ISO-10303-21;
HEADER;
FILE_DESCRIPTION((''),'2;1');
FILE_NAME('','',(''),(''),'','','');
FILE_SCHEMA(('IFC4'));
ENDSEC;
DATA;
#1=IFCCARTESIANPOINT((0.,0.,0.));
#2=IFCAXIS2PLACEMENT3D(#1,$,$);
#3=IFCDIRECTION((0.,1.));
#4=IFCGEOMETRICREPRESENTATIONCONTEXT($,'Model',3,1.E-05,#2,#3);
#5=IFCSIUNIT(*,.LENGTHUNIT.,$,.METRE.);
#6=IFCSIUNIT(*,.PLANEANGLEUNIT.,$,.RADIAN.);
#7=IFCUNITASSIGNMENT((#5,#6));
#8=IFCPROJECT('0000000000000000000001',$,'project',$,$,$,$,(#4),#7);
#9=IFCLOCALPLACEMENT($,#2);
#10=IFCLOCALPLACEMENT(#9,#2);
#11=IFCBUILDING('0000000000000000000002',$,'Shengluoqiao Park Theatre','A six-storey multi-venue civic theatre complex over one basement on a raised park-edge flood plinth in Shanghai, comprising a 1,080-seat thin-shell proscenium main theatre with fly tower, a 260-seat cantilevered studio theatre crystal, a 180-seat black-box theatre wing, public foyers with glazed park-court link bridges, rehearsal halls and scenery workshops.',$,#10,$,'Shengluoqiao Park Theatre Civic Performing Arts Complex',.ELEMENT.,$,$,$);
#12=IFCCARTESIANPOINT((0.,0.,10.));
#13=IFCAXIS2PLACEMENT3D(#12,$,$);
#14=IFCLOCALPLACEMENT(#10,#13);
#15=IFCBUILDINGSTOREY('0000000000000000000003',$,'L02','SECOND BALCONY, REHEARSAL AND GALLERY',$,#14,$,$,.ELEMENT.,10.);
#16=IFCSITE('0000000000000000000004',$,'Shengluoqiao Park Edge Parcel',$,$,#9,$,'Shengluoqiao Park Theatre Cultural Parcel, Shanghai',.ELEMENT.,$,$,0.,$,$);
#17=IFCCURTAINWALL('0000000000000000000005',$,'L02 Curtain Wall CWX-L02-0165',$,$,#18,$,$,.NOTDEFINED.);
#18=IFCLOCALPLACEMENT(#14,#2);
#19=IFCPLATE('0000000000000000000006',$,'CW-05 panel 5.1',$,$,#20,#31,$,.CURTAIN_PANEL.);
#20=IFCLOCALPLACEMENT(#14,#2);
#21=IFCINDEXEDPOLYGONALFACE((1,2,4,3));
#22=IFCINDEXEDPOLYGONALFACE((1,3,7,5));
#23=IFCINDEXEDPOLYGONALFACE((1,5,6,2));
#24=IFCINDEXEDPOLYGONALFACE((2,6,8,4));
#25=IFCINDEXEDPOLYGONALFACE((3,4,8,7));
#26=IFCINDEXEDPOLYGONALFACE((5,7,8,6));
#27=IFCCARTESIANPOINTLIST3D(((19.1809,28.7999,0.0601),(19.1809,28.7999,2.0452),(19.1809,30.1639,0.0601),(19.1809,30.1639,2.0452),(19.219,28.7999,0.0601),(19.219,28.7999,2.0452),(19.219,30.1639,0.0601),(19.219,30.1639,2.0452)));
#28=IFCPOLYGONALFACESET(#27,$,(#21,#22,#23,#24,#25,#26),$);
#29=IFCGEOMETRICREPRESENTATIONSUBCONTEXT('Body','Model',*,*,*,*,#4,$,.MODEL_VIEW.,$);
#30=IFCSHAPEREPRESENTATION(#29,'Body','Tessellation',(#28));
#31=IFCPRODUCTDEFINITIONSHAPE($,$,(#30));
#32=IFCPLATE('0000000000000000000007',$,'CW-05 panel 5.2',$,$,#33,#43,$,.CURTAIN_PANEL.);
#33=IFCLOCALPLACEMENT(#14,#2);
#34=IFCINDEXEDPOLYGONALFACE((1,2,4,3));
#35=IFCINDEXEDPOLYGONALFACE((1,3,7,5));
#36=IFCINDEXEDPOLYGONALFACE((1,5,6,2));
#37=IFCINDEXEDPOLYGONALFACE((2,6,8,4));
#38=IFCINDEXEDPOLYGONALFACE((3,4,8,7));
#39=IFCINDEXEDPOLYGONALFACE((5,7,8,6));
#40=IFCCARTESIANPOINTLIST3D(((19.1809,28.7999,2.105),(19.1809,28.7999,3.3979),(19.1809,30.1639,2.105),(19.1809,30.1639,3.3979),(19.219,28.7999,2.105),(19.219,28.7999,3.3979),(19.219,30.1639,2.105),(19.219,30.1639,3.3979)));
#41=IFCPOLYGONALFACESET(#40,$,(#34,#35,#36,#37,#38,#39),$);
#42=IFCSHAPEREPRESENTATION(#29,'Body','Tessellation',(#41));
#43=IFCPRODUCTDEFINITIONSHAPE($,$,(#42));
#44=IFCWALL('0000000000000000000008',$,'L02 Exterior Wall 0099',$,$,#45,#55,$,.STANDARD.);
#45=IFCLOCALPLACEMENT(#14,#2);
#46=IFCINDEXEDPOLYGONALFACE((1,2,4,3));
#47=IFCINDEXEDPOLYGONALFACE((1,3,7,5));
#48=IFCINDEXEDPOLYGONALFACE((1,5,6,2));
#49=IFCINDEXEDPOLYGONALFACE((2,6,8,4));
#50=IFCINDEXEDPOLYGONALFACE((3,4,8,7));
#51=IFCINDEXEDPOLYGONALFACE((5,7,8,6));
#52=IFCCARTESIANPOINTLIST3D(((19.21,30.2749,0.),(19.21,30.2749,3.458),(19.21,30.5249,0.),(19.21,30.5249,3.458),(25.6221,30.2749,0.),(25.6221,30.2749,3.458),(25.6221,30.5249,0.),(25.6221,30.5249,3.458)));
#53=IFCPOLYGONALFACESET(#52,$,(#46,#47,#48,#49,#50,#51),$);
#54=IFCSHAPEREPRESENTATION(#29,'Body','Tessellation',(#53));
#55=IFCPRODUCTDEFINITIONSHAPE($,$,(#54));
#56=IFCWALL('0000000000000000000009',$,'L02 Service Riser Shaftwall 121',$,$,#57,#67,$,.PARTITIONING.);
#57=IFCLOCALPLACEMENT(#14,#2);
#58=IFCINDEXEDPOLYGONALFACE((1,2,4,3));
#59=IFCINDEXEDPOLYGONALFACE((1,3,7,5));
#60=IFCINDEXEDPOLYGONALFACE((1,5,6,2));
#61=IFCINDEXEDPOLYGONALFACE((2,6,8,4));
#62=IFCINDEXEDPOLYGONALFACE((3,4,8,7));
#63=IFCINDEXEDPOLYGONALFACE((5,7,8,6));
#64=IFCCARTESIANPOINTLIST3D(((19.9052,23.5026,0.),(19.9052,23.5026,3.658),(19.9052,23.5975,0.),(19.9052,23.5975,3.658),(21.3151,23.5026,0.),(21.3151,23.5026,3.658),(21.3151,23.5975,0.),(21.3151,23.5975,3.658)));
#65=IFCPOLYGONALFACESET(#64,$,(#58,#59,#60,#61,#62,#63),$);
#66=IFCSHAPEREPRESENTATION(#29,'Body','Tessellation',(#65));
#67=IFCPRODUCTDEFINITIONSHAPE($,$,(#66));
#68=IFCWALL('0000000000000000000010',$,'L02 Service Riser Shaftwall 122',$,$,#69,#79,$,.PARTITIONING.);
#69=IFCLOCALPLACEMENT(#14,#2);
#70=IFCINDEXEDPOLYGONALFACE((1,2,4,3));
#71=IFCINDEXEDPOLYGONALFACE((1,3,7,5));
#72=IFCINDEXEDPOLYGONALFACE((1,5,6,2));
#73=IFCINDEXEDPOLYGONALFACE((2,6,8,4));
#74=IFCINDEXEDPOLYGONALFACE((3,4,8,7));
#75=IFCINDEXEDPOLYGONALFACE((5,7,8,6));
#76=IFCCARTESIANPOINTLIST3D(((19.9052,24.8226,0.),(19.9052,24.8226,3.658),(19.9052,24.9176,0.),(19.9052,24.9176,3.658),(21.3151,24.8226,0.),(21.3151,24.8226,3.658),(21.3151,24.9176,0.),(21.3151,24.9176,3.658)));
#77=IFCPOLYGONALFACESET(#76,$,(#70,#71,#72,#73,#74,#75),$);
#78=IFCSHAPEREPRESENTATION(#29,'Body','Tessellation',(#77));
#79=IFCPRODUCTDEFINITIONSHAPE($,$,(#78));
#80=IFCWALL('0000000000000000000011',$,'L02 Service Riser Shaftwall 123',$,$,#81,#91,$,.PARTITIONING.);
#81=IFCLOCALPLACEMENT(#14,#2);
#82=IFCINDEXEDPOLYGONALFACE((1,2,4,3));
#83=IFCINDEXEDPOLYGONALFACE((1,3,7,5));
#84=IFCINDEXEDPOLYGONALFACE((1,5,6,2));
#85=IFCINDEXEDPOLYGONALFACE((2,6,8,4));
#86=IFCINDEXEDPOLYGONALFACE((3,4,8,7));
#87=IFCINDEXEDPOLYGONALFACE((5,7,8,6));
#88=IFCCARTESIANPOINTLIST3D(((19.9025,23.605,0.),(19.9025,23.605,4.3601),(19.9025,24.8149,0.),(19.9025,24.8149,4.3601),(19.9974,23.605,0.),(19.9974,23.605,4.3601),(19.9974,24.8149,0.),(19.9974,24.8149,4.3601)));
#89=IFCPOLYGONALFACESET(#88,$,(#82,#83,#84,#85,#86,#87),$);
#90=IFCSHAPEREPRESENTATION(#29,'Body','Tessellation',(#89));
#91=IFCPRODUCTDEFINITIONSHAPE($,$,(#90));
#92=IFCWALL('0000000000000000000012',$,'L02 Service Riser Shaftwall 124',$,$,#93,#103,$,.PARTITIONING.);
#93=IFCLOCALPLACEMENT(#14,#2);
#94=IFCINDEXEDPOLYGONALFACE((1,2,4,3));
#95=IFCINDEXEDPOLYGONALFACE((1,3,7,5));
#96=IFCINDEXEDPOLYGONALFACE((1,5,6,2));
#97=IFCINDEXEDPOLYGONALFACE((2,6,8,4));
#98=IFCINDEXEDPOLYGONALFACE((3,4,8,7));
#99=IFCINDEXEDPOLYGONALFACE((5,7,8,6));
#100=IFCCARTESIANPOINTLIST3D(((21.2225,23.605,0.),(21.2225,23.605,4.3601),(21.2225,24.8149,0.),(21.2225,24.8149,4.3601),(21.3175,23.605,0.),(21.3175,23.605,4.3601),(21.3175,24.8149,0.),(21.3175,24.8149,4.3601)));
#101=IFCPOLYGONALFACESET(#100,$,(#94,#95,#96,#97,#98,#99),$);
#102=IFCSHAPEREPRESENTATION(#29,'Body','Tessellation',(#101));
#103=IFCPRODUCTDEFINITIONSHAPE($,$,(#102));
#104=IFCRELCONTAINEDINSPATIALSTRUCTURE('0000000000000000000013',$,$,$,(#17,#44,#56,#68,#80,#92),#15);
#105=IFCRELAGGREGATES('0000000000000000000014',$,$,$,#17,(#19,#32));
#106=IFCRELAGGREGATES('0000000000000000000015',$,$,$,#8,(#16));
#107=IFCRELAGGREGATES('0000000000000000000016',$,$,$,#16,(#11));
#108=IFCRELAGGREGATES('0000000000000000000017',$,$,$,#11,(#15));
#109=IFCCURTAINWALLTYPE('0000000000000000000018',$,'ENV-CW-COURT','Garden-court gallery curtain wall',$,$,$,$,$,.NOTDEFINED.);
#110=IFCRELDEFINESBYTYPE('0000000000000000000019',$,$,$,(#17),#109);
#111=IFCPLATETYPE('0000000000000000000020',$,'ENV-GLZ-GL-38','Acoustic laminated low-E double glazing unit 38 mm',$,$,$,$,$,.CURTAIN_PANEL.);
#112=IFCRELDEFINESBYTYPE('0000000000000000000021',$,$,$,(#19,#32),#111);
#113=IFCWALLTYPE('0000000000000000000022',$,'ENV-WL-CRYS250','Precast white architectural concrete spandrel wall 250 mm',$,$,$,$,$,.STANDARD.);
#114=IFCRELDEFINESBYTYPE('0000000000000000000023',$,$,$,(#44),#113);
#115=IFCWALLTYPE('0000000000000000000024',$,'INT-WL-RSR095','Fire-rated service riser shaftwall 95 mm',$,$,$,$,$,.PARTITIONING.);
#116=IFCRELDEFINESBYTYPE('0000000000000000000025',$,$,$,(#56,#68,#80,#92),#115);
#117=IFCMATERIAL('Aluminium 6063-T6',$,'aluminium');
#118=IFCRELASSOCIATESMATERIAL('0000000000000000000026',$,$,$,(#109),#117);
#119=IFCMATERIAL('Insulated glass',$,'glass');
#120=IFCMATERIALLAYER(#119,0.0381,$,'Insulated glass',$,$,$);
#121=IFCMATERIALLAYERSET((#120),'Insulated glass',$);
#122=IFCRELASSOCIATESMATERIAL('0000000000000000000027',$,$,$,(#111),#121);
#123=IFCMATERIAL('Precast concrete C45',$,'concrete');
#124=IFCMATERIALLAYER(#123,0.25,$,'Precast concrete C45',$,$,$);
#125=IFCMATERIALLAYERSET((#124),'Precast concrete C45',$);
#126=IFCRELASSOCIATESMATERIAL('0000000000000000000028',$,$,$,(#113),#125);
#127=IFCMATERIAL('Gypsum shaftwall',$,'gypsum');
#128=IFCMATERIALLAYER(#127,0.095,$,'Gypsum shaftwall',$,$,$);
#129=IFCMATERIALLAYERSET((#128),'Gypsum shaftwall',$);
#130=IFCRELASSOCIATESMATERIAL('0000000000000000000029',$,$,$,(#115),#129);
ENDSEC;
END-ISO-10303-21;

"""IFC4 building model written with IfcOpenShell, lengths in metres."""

from ifc_helpers import new_model, si_unit, direction, frame, frame_2d, origin, origin_2d, place, context, subcontext, project, spatial, rectangle, extrude, material, layer, layer_set, type_object, element, aggregate, save


model = new_model("IFC4")

# Units and contexts
model_context = context("Model", 3, precision=1e-05, world=origin(), true_north=direction((0.0, 1.0)))
body_context = subcontext(model_context, "Body", "Model", "MODEL_VIEW")
ifc_project = project(units=[si_unit("LENGTHUNIT", "METRE"), si_unit("PLANEANGLEUNIT", "RADIAN")], contexts=[model_context])

# Site, building, storey
site_placement = place(None, origin())
site = spatial("IfcSite", under=ifc_project, at=site_placement, Name="Shengluoqiao Park Edge Parcel", LongName="Shengluoqiao Park Theatre Cultural Parcel, Shanghai", CompositionType="ELEMENT", RefElevation=0.0)
building_placement = place(site_placement, origin())
building = spatial("IfcBuilding", under=site, at=building_placement, Name="Shengluoqiao Park Theatre", Description="A six-storey multi-venue civic theatre complex over one basement on a raised park-edge flood plinth in Shanghai, comprising a 1,080-seat thin-shell proscenium main theatre with fly tower, a 260-seat cantilevered studio theatre crystal, a 180-seat black-box theatre wing, public foyers with glazed park-court link bridges, rehearsal halls and scenery workshops.", LongName="Shengluoqiao Park Theatre Civic Performing Arts Complex", CompositionType="ELEMENT")
storey_placement = place(building_placement, frame((0.0, 0.0, 10.0)))
storey = spatial("IfcBuildingStorey", under=building, at=storey_placement, Name="L02", Description="SECOND BALCONY, REHEARSAL AND GALLERY", CompositionType="ELEMENT", Elevation=10.0)

# Curtain wall
ifc_material_1 = material(Name="Aluminium 6063-T6", Category="aluminium")
curtain_wall_type_1 = type_object("IfcCurtainWallType", Name="ENV-CW-COURT", Description="Garden-court gallery curtain wall", PredefinedType="NOTDEFINED", material=ifc_material_1)
curtain_wall_1_placement = place(storey_placement, origin())
curtain_wall_1 = element("IfcCurtainWall", 1, at=curtain_wall_1_placement, inside=storey, type_object=curtain_wall_type_1, Name="L02 Curtain Wall CWX-L02-0165", PredefinedType="NOTDEFINED")

# Plates
ifc_material_2 = material(Name="Insulated glass", Category="glass")
ifc_layer_1 = layer(ifc_material_2, 0.0381, Name="Insulated glass")
ifc_layer_set_1 = layer_set([ifc_layer_1], Name="Insulated glass")
plate_type = type_object("IfcPlateType", Name="ENV-GLZ-GL-38", Description="Acoustic laminated low-E double glazing unit 38 mm", PredefinedType="CURTAIN_PANEL", material=ifc_layer_set_1)
plate_1_placement = place(storey_placement, frame((19.2, 29.4819, 0.0601), z_axis=(0.0, 0.0, 1.0), x_axis=(0.0, 1.0, 0.0)))
plate_1 = element("IfcPlate", 2, at=plate_1_placement, type_object=plate_type, Name="CW-05 panel 5.1", PredefinedType="CURTAIN_PANEL", context=body_context, shape_type="SweptSolid", body=[
    extrude(rectangle(XDim=1.364, YDim=0.0381, at=origin_2d()), origin(), (0.0, 0.0, 1.0), 1.9851),
])
plate_2_placement = place(storey_placement, frame((19.2, 29.4819, 2.105), z_axis=(0.0, 0.0, 1.0), x_axis=(0.0, 1.0, 0.0)))
plate_2 = element("IfcPlate", 3, at=plate_2_placement, type_object=plate_type, Name="CW-05 panel 5.2", PredefinedType="CURTAIN_PANEL", context=body_context, shape_type="SweptSolid", body=[
    extrude(rectangle(XDim=1.364, YDim=0.0381, at=origin_2d()), origin(), (0.0, 0.0, 1.0), 1.293),
])
aggregate(curtain_wall_1, [plate_1, plate_2])

# Walls
ifc_material_3 = material(Name="Precast concrete C45", Category="concrete")
ifc_layer_2 = layer(ifc_material_3, 0.25, Name="Precast concrete C45")
ifc_layer_set_2 = layer_set([ifc_layer_2], Name="Precast concrete C45")
wall_type_1 = type_object("IfcWallType", Name="ENV-WL-CRYS250", Description="Precast white architectural concrete spandrel wall 250 mm", PredefinedType="STANDARD", material=ifc_layer_set_2)
wall_placement = place(storey_placement, frame((19.21, 30.3999, 0.0), z_axis=(0.0, 0.0, 1.0), x_axis=(1.0, 0.0, 0.0)))
element("IfcWall", 4, at=wall_placement, inside=storey, type_object=wall_type_1, Name="L02 Exterior Wall 0099", PredefinedType="STANDARD", context=body_context, shape_type="SweptSolid", body=[
    extrude(rectangle(XDim=6.4121, YDim=0.25, at=frame_2d((3.2061, 0.0))), origin(), (0.0, 0.0, 1.0), 3.458),
])
ifc_material_4 = material(Name="Gypsum shaftwall", Category="gypsum")
ifc_layer_3 = layer(ifc_material_4, 0.095, Name="Gypsum shaftwall")
ifc_layer_set_3 = layer_set([ifc_layer_3], Name="Gypsum shaftwall")
wall_type_2 = type_object("IfcWallType", Name="INT-WL-RSR095", Description="Fire-rated service riser shaftwall 95 mm", PredefinedType="PARTITIONING", material=ifc_layer_set_3)
for number, where, z_axis, x_axis, name in (
    (5, (19.905, 23.55, 0.0), (0.0, 0.0, 1.0), (1.0, 0.0, 0.0), "L02 Service Riser Shaftwall 121"),
    (6, (19.905, 24.8701, 0.0), (0.0, 0.0, 1.0), (1.0, 0.0, 0.0), "L02 Service Riser Shaftwall 122"),
):
    element("IfcWall", number, at=place(storey_placement, frame(where, z_axis=z_axis, x_axis=x_axis)), inside=storey, type_object=wall_type_2, Name=name, PredefinedType="PARTITIONING", context=body_context, shape_type="SweptSolid", body=[
        extrude(rectangle(XDim=1.4099, YDim=0.095, at=frame_2d((0.7051, 0.0))), origin(), (0.0, 0.0, 1.0), 3.658),
    ])
for number, where, z_axis, x_axis, name in (
    (7, (19.95, 23.605, 0.0), (0.0, 0.0, 1.0), (0.0, 1.0, 0.0), "L02 Service Riser Shaftwall 123"),
    (8, (21.27, 23.605, 0.0), (0.0, 0.0, 1.0), (0.0, 1.0, 0.0), "L02 Service Riser Shaftwall 124"),
):
    element("IfcWall", number, at=place(storey_placement, frame(where, z_axis=z_axis, x_axis=x_axis)), inside=storey, type_object=wall_type_2, Name=name, PredefinedType="PARTITIONING", context=body_context, shape_type="SweptSolid", body=[
        extrude(rectangle(XDim=1.21, YDim=0.095, at=frame_2d((0.605, 0.0))), origin(), (0.0, 0.0, 1.0), 4.3601),
    ])

save(model, "model.ifc")
